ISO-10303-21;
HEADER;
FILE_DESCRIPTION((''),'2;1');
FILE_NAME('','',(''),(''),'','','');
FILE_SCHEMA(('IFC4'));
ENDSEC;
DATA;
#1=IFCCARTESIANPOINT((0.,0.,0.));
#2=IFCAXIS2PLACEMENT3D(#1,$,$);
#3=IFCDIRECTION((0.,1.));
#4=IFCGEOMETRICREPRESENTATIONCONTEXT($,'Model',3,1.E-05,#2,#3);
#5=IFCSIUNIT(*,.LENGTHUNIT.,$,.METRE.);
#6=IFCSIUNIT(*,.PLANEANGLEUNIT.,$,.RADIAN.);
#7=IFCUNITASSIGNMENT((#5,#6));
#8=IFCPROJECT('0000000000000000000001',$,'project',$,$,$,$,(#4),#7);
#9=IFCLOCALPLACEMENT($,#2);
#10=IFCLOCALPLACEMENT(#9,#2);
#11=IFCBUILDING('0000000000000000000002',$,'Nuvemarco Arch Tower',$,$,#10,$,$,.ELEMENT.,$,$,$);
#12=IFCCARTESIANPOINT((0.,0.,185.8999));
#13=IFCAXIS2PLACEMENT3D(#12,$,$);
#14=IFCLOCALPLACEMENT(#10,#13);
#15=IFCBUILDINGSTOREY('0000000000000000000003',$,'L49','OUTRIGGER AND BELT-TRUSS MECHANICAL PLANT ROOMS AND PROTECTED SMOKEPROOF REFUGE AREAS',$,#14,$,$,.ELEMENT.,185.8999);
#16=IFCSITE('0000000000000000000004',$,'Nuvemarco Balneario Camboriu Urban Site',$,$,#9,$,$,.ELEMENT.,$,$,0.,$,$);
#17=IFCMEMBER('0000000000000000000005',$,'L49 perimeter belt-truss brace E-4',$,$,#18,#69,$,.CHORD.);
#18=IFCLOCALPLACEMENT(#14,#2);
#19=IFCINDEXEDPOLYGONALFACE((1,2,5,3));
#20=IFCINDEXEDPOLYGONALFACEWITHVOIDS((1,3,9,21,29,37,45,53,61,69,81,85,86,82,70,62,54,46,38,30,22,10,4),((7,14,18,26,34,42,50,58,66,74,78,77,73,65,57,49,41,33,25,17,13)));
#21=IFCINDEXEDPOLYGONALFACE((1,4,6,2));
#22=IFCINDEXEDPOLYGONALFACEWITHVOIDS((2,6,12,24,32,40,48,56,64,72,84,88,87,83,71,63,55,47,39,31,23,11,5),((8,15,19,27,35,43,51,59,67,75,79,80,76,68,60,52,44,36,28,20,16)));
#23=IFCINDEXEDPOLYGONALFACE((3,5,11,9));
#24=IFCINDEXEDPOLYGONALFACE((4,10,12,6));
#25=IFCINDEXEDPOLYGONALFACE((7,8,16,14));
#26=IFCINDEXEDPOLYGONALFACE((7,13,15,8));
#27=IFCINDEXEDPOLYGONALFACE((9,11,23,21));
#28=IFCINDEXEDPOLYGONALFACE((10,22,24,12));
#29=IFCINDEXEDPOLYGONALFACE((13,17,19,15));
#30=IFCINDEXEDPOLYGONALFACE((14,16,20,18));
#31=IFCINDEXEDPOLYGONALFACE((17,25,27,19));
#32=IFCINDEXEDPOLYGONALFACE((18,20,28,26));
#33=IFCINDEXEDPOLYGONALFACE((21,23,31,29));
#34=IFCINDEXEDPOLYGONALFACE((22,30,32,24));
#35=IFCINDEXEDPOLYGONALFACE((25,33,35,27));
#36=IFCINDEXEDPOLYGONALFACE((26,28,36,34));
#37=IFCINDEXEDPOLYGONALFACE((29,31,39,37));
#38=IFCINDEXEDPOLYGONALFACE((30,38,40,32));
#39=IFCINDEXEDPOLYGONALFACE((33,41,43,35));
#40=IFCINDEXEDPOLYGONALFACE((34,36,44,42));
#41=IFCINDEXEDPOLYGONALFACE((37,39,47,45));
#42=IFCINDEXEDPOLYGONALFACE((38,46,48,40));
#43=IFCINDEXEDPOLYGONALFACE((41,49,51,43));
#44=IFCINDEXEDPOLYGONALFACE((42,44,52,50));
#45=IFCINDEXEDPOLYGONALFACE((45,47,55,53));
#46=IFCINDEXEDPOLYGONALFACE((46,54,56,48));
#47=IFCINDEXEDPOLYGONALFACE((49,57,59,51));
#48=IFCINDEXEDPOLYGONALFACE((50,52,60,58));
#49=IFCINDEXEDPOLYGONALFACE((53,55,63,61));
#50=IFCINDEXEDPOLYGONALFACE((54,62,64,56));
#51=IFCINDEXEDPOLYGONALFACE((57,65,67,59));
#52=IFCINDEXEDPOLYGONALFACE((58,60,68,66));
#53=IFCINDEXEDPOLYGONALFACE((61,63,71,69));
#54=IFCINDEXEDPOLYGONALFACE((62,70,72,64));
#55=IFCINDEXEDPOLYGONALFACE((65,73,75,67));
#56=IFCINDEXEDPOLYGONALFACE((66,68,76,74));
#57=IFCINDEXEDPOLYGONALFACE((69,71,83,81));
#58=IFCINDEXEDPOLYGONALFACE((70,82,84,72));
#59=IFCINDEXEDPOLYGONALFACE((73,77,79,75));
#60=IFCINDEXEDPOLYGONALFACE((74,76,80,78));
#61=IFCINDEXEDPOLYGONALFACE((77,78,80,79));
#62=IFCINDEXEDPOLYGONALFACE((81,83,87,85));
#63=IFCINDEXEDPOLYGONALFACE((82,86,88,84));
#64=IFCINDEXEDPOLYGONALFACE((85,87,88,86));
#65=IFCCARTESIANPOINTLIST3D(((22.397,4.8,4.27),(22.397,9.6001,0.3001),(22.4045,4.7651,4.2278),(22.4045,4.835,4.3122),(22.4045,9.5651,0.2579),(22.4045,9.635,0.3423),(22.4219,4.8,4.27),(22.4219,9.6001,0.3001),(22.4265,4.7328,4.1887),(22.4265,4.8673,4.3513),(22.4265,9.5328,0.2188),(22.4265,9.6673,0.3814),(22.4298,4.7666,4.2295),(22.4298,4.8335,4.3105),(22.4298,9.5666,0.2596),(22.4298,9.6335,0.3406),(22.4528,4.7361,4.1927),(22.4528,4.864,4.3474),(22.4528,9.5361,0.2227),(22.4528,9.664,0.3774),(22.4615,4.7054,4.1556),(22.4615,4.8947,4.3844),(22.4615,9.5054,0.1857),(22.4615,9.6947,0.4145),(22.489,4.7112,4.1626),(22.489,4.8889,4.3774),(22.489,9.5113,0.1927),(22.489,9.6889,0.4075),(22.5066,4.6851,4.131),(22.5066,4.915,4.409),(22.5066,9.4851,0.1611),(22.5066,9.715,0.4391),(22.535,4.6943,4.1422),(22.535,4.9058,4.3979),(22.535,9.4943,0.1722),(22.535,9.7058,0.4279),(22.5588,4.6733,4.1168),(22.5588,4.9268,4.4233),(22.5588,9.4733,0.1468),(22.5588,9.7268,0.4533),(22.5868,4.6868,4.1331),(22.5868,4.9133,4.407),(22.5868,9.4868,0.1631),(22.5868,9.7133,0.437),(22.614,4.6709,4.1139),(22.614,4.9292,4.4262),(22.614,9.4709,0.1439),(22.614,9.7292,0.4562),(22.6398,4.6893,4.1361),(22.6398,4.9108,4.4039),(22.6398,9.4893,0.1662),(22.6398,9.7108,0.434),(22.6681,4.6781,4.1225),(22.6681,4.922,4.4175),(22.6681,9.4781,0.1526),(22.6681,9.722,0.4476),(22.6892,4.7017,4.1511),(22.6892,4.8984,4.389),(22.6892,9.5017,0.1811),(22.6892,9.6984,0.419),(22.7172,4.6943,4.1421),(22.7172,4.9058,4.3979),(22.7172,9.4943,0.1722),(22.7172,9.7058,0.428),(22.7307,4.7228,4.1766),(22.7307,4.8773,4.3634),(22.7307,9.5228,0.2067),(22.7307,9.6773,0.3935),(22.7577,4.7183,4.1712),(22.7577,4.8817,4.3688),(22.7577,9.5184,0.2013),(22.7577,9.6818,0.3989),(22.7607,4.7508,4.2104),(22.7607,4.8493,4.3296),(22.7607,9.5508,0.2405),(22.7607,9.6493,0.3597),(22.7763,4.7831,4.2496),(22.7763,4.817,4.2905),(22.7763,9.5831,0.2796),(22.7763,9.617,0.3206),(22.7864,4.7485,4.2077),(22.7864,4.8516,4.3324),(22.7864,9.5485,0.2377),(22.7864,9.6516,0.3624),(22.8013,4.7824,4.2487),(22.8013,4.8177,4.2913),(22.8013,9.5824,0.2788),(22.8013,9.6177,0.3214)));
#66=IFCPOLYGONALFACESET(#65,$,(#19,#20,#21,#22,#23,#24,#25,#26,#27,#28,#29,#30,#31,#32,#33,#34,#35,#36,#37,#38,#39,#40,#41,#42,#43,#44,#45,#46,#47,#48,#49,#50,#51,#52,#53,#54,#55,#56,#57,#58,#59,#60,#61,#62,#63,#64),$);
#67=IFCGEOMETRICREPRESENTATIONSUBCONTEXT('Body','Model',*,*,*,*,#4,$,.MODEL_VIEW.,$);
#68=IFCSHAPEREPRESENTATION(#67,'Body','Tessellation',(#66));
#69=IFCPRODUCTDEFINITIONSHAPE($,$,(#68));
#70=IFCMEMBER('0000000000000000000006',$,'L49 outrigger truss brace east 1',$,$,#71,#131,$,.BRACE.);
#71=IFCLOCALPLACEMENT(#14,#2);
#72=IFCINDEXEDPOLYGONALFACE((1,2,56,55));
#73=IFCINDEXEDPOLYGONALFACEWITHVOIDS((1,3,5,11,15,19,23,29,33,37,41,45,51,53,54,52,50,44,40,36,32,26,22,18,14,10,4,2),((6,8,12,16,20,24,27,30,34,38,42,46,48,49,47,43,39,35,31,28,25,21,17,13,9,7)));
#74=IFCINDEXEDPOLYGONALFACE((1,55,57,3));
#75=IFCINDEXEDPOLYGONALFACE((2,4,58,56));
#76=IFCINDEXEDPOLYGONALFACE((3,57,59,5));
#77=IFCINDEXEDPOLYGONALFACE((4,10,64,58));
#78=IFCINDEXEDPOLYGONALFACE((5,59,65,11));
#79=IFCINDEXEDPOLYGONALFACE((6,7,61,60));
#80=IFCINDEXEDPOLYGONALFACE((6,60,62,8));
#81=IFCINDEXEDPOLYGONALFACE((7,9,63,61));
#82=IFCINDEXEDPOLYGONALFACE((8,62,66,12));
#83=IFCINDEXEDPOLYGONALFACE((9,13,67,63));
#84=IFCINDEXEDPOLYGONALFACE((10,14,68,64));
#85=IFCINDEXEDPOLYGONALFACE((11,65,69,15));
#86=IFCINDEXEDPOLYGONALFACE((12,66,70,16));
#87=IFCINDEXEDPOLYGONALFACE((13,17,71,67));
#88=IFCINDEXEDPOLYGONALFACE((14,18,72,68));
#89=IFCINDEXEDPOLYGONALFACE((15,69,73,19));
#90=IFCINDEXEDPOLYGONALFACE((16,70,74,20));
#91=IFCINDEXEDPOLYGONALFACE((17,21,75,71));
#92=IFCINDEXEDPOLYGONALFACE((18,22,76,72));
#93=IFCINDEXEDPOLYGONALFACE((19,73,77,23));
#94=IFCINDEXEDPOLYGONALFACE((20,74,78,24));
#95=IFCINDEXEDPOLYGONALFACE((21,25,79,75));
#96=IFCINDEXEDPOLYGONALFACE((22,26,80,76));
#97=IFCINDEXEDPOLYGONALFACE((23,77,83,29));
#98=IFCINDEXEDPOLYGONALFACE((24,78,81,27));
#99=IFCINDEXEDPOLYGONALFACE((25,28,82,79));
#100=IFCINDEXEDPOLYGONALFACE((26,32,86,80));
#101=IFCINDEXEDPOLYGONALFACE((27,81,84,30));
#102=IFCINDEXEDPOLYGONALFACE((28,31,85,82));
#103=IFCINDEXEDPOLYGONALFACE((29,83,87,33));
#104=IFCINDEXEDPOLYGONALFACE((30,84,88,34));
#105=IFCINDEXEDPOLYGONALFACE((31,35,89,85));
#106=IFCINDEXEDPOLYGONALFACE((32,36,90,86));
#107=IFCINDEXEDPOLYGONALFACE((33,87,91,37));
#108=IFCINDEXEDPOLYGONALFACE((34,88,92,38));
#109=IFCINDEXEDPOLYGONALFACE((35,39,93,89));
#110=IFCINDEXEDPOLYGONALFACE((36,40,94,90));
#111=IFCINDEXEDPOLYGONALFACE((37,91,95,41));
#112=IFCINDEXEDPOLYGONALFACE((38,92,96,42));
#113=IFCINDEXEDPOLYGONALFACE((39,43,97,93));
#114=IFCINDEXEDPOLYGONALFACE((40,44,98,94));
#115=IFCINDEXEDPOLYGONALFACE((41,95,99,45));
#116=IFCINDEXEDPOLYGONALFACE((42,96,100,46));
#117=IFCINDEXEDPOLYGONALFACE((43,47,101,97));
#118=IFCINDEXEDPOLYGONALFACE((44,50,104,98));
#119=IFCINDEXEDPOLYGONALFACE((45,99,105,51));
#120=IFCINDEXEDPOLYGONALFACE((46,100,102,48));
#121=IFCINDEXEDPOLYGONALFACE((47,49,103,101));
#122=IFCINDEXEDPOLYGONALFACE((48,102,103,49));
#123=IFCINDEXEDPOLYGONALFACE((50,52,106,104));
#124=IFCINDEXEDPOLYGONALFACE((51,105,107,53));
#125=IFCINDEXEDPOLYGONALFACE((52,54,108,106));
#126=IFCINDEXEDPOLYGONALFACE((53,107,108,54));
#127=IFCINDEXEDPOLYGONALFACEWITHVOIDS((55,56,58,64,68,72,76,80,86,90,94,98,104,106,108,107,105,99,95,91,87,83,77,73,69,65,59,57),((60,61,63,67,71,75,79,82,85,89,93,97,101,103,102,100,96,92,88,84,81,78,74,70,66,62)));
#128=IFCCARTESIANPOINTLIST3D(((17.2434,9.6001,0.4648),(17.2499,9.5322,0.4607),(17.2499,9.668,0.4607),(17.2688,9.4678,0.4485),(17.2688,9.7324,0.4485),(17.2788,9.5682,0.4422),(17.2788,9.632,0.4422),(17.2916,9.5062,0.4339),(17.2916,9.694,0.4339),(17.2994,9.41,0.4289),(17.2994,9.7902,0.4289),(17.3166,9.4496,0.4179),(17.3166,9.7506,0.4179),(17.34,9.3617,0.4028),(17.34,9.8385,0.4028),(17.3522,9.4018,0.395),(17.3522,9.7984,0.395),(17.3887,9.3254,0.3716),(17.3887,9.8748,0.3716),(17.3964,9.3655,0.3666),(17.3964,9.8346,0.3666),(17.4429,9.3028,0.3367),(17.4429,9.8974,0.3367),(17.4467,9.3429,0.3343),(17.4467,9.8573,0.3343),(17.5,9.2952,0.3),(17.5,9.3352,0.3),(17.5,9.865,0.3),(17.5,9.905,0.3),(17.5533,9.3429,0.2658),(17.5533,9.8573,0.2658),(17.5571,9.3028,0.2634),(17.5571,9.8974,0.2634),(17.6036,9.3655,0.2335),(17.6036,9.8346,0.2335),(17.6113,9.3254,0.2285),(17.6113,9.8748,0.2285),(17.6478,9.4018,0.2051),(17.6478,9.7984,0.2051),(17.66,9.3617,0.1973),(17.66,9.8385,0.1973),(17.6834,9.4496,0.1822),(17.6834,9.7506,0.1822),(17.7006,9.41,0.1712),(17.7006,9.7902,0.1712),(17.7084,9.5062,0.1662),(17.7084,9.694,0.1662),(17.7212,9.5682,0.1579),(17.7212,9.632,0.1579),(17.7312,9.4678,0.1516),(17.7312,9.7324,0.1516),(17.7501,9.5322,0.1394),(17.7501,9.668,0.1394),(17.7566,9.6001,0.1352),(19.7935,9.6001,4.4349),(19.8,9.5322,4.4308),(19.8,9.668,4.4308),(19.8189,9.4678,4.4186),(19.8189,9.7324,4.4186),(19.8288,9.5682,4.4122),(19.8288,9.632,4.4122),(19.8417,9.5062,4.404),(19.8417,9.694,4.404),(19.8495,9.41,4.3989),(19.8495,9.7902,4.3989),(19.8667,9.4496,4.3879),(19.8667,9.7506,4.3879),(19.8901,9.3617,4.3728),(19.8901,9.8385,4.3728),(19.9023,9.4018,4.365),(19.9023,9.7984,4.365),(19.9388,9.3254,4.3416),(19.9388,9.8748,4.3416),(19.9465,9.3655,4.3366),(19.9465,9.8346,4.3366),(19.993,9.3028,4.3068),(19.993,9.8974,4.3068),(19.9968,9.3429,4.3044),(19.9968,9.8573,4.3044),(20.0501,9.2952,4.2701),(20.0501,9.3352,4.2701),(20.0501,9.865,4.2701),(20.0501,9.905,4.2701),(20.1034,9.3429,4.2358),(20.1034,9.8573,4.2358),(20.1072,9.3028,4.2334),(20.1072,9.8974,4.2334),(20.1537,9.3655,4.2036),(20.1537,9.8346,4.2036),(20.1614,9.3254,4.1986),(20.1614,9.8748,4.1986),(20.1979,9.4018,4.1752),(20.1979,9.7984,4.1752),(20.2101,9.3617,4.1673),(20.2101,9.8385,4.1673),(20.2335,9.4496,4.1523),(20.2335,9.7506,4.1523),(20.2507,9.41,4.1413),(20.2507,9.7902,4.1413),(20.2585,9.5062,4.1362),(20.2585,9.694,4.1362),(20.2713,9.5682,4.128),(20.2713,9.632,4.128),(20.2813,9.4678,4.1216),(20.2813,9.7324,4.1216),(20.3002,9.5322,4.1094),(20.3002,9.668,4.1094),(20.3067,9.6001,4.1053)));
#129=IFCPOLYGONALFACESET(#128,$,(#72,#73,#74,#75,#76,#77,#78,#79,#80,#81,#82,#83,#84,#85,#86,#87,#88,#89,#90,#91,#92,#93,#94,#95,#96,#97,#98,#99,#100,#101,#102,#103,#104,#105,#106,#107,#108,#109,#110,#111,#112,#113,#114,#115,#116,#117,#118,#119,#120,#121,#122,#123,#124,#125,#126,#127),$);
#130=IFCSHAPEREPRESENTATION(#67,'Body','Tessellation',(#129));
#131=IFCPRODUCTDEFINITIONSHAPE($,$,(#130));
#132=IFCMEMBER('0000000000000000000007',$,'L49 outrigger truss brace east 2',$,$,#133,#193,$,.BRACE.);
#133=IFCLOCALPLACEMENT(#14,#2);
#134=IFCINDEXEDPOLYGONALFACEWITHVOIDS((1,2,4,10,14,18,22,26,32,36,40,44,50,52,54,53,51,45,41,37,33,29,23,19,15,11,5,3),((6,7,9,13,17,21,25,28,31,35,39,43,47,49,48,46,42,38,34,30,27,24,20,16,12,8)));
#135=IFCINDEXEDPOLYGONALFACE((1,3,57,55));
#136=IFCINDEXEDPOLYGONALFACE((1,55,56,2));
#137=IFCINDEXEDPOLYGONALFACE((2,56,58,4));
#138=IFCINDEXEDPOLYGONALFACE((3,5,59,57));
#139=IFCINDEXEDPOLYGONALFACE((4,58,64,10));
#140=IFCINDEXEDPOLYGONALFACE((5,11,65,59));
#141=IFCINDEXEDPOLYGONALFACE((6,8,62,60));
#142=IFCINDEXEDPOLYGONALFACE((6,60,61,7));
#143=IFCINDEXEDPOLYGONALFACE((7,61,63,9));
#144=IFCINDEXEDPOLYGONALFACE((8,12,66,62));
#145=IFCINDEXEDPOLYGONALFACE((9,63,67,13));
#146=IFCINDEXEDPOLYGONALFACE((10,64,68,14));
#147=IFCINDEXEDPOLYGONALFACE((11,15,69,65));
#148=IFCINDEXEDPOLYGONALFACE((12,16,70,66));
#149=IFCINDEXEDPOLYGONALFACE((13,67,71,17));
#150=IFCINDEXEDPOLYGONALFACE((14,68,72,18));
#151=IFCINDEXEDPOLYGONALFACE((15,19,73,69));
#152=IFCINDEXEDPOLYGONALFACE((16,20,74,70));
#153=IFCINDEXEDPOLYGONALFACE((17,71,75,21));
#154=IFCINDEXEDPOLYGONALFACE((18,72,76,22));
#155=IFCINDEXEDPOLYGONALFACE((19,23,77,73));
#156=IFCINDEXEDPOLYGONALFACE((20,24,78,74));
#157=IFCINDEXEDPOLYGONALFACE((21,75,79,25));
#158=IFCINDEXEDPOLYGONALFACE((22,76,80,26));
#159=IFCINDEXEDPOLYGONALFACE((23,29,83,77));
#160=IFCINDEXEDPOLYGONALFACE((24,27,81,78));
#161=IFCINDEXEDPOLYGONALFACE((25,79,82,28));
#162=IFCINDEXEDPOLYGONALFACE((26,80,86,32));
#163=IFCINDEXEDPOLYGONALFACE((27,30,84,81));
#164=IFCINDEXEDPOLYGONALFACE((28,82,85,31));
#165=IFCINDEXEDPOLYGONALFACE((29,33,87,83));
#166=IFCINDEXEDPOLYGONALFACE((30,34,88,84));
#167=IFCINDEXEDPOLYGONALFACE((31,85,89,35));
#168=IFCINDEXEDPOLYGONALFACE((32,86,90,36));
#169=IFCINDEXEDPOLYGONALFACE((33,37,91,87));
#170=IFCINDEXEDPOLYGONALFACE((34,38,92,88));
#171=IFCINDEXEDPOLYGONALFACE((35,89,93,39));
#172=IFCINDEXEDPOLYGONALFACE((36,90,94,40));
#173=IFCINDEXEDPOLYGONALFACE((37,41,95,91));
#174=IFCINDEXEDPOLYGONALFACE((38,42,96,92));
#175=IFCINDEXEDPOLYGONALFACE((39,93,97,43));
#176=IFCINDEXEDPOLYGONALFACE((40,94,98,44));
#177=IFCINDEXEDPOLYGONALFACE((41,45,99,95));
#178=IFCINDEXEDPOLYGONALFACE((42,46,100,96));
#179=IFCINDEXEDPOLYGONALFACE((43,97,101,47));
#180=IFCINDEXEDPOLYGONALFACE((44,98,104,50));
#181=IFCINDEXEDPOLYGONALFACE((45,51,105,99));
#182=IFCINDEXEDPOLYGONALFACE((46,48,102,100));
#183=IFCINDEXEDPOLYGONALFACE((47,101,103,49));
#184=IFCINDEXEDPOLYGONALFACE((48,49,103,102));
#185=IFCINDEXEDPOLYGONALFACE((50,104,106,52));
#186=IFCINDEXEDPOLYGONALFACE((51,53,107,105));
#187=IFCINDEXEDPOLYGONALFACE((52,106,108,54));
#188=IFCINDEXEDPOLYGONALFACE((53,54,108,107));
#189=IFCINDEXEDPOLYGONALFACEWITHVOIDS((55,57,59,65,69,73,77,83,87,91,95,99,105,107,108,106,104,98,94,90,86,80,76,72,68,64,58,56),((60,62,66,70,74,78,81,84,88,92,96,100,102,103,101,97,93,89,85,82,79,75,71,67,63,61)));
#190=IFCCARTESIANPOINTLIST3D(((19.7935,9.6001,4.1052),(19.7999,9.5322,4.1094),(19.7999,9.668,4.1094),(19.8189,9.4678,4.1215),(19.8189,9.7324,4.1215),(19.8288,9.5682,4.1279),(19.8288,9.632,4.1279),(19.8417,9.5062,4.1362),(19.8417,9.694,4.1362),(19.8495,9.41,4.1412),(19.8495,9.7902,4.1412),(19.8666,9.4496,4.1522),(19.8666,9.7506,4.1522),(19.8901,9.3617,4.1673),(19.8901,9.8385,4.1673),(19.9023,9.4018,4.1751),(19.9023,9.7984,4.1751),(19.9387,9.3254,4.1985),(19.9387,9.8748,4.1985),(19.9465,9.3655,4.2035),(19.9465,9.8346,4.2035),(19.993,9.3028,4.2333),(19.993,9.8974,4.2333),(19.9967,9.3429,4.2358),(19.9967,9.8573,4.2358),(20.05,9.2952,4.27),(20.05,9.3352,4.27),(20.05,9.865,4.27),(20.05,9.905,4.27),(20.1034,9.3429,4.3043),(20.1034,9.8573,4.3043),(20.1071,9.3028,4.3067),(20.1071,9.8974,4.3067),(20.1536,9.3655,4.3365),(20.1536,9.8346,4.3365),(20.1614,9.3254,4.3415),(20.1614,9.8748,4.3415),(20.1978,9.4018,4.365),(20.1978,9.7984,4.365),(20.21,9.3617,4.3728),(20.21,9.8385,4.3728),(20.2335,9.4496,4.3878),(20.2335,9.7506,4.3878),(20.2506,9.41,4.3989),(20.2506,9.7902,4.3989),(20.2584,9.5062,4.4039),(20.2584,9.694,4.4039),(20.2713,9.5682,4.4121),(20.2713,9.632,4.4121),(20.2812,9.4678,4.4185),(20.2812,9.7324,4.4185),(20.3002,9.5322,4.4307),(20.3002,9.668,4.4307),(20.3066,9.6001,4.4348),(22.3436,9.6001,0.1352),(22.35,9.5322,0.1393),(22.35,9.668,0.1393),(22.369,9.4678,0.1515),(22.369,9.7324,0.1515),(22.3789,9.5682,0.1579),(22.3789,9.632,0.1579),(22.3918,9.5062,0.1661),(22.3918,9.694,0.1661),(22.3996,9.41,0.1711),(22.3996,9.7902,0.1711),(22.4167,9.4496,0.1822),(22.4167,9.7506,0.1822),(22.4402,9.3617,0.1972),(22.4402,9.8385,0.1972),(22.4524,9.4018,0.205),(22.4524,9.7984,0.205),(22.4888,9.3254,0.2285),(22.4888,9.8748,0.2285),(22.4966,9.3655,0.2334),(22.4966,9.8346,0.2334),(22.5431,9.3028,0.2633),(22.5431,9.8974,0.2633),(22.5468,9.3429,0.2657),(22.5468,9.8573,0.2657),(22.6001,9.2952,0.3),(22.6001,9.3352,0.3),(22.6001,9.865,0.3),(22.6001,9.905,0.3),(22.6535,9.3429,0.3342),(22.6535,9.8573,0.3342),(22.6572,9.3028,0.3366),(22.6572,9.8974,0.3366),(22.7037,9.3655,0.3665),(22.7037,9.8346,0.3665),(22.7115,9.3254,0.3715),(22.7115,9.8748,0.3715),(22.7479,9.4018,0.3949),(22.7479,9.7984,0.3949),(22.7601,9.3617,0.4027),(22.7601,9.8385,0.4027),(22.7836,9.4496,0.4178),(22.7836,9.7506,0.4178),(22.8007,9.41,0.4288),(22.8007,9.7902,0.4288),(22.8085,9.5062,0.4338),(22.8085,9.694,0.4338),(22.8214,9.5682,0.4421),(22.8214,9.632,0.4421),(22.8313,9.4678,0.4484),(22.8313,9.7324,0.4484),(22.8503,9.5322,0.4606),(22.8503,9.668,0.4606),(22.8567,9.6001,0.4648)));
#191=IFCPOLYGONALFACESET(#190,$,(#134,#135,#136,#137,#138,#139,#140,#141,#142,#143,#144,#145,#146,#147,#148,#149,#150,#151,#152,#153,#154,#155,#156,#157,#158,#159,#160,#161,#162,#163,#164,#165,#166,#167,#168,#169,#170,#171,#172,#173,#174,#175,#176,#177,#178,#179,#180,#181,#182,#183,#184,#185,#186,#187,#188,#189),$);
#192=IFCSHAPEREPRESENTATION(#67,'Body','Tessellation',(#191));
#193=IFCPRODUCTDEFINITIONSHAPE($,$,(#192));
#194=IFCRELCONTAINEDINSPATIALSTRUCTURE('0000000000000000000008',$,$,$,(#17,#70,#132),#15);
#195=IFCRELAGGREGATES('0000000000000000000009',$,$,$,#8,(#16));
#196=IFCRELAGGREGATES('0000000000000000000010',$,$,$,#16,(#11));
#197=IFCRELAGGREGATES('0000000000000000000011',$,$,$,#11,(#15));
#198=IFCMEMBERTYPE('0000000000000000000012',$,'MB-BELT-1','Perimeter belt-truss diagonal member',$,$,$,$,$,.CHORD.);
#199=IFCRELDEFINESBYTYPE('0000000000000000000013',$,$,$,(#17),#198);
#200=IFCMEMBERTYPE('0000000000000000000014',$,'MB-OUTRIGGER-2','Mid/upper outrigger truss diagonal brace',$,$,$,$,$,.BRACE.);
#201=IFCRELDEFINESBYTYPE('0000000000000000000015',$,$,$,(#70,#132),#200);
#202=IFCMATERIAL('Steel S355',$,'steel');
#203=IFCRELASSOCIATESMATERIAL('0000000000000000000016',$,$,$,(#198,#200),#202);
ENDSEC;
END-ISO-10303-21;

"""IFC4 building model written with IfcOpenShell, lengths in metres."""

from ifc_helpers import new_model, si_unit, direction, frame, origin, origin_2d, place, context, subcontext, project, spatial, hollow_circle, extrude, material, material_profile, profile_set, type_object, element, save


model = new_model("IFC4")

# Units and contexts
model_context = context("Model", 3, precision=1e-05, world=origin(), true_north=direction((0.0, 1.0)))
body_context = subcontext(model_context, "Body", "Model", "MODEL_VIEW")
ifc_project = project(units=[si_unit("LENGTHUNIT", "METRE"), si_unit("PLANEANGLEUNIT", "RADIAN")], contexts=[model_context])

# Site, building, storey
site_placement = place(None, origin())
site = spatial("IfcSite", under=ifc_project, at=site_placement, Name="Nuvemarco Balneario Camboriu Urban Site", CompositionType="ELEMENT", RefElevation=0.0)
building_placement = place(site_placement, origin())
building = spatial("IfcBuilding", under=site, at=building_placement, Name="Nuvemarco Arch Tower", CompositionType="ELEMENT")
storey_placement = place(building_placement, frame((0.0, 0.0, 185.8999)))
storey = spatial("IfcBuildingStorey", under=building, at=storey_placement, Name="L49", Description="OUTRIGGER AND BELT-TRUSS MECHANICAL PLANT ROOMS AND PROTECTED SMOKEPROOF REFUGE AREAS", CompositionType="ELEMENT", Elevation=185.8999)

# Shared definitions
ifc_material_1 = material(Name="Steel S355", Category="steel")

# Members
ifc_material_profile_1 = material_profile(ifc_material_1, hollow_circle(Radius=0.2031, WallThickness=0.0249, at=origin_2d()), Name="CHS406.4x25")
ifc_profile_set_1 = profile_set([ifc_material_profile_1], Name="Steel S355")
member_type_1 = type_object("IfcMemberType", Name="MB-BELT-1", Description="Perimeter belt-truss diagonal member", PredefinedType="CHORD", material=ifc_profile_set_1)
for number, where, z_axis, x_axis, name in (
    (1, (22.6001, 4.8, 4.27), (0.0, 0.77059, -0.637331), (-1.0, 0.0, 0.0), "L49 perimeter belt-truss brace E-4"),
):
    element("IfcMember", number, at=place(storey_placement, frame(where, z_axis=z_axis, x_axis=x_axis)), inside=storey, type_object=member_type_1, Name=name, PredefinedType="CHORD", context=body_context, shape_type="SweptSolid", body=[
        extrude(hollow_circle(Radius=0.2031, WallThickness=0.0249, at=origin_2d()), origin(), (0.0, 0.0, 1.0), 6.229),
    ])
ifc_material_profile_2 = material_profile(ifc_material_1, hollow_circle(Radius=0.3049, WallThickness=0.04, at=origin_2d()), Name="CHS610x40")
ifc_profile_set_2 = profile_set([ifc_material_profile_2], Name="Steel S355")
member_type_2 = type_object("IfcMemberType", Name="MB-OUTRIGGER-2", Description="Mid/upper outrigger truss diagonal brace", PredefinedType="BRACE", material=ifc_profile_set_2)
for number, where, z_axis, x_axis, name in (
    (2, (17.5, 9.6001, 0.3), (0.540446, 0.0, 0.841378), (0.0, 1.0, 0.0), "L49 outrigger truss brace east 1"),
    (3, (20.05, 9.6001, 4.27), (0.540446, 0.0, -0.841378), (0.0, 1.0, 0.0), "L49 outrigger truss brace east 2"),
):
    element("IfcMember", number, at=place(storey_placement, frame(where, z_axis=z_axis, x_axis=x_axis)), inside=storey, type_object=member_type_2, Name=name, PredefinedType="BRACE", context=body_context, shape_type="SweptSolid", body=[
        extrude(hollow_circle(Radius=0.3049, WallThickness=0.04, at=origin_2d()), origin(), (0.0, 0.0, 1.0), 4.7185),
    ])

save(model, "model.ifc")
